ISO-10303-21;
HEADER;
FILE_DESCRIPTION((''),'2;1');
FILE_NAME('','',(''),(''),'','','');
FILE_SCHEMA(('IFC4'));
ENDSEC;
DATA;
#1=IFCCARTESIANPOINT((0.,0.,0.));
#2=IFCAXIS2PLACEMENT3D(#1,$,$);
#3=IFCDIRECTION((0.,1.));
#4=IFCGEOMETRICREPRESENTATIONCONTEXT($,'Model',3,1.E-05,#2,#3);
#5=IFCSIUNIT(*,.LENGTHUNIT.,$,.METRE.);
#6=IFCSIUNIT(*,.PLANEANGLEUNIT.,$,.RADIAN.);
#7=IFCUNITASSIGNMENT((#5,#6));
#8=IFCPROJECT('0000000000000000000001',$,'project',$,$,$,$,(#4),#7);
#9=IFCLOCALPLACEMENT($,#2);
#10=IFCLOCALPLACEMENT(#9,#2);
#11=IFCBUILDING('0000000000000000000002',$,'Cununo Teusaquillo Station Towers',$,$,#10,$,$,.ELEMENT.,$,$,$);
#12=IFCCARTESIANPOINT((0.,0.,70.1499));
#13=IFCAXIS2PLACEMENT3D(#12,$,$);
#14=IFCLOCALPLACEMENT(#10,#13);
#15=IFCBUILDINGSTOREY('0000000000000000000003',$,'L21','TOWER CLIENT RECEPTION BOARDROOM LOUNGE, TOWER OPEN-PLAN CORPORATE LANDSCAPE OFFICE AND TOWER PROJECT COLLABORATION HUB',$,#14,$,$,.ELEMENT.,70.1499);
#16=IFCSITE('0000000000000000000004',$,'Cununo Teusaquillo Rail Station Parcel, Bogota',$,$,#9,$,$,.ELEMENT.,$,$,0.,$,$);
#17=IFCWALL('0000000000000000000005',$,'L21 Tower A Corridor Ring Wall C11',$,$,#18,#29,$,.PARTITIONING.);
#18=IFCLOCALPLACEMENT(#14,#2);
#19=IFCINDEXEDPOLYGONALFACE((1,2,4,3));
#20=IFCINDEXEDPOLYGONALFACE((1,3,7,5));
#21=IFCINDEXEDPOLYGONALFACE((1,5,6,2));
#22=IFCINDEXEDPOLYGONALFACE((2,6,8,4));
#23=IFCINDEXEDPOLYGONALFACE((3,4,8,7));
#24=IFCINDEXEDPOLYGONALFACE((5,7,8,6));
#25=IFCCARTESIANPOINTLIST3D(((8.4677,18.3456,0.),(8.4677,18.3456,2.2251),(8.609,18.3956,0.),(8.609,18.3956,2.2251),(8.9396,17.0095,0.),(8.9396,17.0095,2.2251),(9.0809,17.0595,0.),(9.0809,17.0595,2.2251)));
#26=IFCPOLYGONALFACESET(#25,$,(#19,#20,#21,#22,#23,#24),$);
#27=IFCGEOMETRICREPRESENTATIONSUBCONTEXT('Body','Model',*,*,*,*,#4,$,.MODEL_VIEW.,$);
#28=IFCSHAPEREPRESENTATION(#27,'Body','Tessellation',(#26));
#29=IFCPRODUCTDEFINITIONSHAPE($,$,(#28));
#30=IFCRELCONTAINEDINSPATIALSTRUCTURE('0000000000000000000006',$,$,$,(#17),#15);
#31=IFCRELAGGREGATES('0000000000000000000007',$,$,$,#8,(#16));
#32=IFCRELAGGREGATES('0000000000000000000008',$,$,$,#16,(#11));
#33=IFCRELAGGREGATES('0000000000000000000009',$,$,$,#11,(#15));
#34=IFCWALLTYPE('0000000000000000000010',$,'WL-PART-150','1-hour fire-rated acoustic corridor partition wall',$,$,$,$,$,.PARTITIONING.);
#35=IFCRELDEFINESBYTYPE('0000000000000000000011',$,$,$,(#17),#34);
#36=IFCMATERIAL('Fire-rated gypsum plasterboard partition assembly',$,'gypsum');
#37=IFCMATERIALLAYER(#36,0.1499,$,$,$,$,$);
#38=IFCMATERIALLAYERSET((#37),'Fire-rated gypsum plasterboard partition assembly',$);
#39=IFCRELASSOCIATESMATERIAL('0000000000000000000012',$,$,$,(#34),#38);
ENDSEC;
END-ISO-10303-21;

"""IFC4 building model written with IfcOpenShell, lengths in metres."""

from ifc_helpers import new_model, si_unit, direction, frame, frame_2d, origin, place, context, subcontext, project, spatial, rectangle, extrude, material, layer, layer_set, type_object, element, save


model = new_model("IFC4")

# Units and contexts
model_context = context("Model", 3, precision=1e-05, world=origin(), true_north=direction((0.0, 1.0)))
body_context = subcontext(model_context, "Body", "Model", "MODEL_VIEW")
ifc_project = project(units=[si_unit("LENGTHUNIT", "METRE"), si_unit("PLANEANGLEUNIT", "RADIAN")], contexts=[model_context])

# Site, building, storey
site_placement = place(None, origin())
site = spatial("IfcSite", under=ifc_project, at=site_placement, Name="Cununo Teusaquillo Rail Station Parcel, Bogota", CompositionType="ELEMENT", RefElevation=0.0)
building_placement = place(site_placement, origin())
building = spatial("IfcBuilding", under=site, at=building_placement, Name="Cununo Teusaquillo Station Towers", CompositionType="ELEMENT")
storey_placement = place(building_placement, frame((0.0, 0.0, 70.1499)))
storey = spatial("IfcBuildingStorey", under=building, at=storey_placement, Name="L21", Description="TOWER CLIENT RECEPTION BOARDROOM LOUNGE, TOWER OPEN-PLAN CORPORATE LANDSCAPE OFFICE AND TOWER PROJECT COLLABORATION HUB", CompositionType="ELEMENT", Elevation=70.1499)

# Wall
ifc_material_1 = material(Name="Fire-rated gypsum plasterboard partition assembly", Category="gypsum")
ifc_layer_1 = layer(ifc_material_1, 0.1499)
ifc_layer_set_1 = layer_set([ifc_layer_1], Name="Fire-rated gypsum plasterboard partition assembly")
wall_type_1 = type_object("IfcWallType", Name="WL-PART-150", Description="1-hour fire-rated acoustic corridor partition wall", PredefinedType="PARTITIONING", material=ifc_layer_set_1)
wall_1_placement = place(storey_placement, frame((8.5383, 18.3706, 0.0), z_axis=(0.0, 0.0, 1.0), x_axis=(0.333027, -0.942917, 0.0)))
element("IfcWall", 1, at=wall_1_placement, inside=storey, type_object=wall_type_1, Name="L21 Tower A Corridor Ring Wall C11", PredefinedType="PARTITIONING", context=body_context, shape_type="SweptSolid", body=[
    extrude(rectangle(XDim=1.417, YDim=0.1499, at=frame_2d((0.7085, 0.0))), origin(), (0.0, 0.0, 1.0), 2.2251),
])

save(model, "model.ifc")
